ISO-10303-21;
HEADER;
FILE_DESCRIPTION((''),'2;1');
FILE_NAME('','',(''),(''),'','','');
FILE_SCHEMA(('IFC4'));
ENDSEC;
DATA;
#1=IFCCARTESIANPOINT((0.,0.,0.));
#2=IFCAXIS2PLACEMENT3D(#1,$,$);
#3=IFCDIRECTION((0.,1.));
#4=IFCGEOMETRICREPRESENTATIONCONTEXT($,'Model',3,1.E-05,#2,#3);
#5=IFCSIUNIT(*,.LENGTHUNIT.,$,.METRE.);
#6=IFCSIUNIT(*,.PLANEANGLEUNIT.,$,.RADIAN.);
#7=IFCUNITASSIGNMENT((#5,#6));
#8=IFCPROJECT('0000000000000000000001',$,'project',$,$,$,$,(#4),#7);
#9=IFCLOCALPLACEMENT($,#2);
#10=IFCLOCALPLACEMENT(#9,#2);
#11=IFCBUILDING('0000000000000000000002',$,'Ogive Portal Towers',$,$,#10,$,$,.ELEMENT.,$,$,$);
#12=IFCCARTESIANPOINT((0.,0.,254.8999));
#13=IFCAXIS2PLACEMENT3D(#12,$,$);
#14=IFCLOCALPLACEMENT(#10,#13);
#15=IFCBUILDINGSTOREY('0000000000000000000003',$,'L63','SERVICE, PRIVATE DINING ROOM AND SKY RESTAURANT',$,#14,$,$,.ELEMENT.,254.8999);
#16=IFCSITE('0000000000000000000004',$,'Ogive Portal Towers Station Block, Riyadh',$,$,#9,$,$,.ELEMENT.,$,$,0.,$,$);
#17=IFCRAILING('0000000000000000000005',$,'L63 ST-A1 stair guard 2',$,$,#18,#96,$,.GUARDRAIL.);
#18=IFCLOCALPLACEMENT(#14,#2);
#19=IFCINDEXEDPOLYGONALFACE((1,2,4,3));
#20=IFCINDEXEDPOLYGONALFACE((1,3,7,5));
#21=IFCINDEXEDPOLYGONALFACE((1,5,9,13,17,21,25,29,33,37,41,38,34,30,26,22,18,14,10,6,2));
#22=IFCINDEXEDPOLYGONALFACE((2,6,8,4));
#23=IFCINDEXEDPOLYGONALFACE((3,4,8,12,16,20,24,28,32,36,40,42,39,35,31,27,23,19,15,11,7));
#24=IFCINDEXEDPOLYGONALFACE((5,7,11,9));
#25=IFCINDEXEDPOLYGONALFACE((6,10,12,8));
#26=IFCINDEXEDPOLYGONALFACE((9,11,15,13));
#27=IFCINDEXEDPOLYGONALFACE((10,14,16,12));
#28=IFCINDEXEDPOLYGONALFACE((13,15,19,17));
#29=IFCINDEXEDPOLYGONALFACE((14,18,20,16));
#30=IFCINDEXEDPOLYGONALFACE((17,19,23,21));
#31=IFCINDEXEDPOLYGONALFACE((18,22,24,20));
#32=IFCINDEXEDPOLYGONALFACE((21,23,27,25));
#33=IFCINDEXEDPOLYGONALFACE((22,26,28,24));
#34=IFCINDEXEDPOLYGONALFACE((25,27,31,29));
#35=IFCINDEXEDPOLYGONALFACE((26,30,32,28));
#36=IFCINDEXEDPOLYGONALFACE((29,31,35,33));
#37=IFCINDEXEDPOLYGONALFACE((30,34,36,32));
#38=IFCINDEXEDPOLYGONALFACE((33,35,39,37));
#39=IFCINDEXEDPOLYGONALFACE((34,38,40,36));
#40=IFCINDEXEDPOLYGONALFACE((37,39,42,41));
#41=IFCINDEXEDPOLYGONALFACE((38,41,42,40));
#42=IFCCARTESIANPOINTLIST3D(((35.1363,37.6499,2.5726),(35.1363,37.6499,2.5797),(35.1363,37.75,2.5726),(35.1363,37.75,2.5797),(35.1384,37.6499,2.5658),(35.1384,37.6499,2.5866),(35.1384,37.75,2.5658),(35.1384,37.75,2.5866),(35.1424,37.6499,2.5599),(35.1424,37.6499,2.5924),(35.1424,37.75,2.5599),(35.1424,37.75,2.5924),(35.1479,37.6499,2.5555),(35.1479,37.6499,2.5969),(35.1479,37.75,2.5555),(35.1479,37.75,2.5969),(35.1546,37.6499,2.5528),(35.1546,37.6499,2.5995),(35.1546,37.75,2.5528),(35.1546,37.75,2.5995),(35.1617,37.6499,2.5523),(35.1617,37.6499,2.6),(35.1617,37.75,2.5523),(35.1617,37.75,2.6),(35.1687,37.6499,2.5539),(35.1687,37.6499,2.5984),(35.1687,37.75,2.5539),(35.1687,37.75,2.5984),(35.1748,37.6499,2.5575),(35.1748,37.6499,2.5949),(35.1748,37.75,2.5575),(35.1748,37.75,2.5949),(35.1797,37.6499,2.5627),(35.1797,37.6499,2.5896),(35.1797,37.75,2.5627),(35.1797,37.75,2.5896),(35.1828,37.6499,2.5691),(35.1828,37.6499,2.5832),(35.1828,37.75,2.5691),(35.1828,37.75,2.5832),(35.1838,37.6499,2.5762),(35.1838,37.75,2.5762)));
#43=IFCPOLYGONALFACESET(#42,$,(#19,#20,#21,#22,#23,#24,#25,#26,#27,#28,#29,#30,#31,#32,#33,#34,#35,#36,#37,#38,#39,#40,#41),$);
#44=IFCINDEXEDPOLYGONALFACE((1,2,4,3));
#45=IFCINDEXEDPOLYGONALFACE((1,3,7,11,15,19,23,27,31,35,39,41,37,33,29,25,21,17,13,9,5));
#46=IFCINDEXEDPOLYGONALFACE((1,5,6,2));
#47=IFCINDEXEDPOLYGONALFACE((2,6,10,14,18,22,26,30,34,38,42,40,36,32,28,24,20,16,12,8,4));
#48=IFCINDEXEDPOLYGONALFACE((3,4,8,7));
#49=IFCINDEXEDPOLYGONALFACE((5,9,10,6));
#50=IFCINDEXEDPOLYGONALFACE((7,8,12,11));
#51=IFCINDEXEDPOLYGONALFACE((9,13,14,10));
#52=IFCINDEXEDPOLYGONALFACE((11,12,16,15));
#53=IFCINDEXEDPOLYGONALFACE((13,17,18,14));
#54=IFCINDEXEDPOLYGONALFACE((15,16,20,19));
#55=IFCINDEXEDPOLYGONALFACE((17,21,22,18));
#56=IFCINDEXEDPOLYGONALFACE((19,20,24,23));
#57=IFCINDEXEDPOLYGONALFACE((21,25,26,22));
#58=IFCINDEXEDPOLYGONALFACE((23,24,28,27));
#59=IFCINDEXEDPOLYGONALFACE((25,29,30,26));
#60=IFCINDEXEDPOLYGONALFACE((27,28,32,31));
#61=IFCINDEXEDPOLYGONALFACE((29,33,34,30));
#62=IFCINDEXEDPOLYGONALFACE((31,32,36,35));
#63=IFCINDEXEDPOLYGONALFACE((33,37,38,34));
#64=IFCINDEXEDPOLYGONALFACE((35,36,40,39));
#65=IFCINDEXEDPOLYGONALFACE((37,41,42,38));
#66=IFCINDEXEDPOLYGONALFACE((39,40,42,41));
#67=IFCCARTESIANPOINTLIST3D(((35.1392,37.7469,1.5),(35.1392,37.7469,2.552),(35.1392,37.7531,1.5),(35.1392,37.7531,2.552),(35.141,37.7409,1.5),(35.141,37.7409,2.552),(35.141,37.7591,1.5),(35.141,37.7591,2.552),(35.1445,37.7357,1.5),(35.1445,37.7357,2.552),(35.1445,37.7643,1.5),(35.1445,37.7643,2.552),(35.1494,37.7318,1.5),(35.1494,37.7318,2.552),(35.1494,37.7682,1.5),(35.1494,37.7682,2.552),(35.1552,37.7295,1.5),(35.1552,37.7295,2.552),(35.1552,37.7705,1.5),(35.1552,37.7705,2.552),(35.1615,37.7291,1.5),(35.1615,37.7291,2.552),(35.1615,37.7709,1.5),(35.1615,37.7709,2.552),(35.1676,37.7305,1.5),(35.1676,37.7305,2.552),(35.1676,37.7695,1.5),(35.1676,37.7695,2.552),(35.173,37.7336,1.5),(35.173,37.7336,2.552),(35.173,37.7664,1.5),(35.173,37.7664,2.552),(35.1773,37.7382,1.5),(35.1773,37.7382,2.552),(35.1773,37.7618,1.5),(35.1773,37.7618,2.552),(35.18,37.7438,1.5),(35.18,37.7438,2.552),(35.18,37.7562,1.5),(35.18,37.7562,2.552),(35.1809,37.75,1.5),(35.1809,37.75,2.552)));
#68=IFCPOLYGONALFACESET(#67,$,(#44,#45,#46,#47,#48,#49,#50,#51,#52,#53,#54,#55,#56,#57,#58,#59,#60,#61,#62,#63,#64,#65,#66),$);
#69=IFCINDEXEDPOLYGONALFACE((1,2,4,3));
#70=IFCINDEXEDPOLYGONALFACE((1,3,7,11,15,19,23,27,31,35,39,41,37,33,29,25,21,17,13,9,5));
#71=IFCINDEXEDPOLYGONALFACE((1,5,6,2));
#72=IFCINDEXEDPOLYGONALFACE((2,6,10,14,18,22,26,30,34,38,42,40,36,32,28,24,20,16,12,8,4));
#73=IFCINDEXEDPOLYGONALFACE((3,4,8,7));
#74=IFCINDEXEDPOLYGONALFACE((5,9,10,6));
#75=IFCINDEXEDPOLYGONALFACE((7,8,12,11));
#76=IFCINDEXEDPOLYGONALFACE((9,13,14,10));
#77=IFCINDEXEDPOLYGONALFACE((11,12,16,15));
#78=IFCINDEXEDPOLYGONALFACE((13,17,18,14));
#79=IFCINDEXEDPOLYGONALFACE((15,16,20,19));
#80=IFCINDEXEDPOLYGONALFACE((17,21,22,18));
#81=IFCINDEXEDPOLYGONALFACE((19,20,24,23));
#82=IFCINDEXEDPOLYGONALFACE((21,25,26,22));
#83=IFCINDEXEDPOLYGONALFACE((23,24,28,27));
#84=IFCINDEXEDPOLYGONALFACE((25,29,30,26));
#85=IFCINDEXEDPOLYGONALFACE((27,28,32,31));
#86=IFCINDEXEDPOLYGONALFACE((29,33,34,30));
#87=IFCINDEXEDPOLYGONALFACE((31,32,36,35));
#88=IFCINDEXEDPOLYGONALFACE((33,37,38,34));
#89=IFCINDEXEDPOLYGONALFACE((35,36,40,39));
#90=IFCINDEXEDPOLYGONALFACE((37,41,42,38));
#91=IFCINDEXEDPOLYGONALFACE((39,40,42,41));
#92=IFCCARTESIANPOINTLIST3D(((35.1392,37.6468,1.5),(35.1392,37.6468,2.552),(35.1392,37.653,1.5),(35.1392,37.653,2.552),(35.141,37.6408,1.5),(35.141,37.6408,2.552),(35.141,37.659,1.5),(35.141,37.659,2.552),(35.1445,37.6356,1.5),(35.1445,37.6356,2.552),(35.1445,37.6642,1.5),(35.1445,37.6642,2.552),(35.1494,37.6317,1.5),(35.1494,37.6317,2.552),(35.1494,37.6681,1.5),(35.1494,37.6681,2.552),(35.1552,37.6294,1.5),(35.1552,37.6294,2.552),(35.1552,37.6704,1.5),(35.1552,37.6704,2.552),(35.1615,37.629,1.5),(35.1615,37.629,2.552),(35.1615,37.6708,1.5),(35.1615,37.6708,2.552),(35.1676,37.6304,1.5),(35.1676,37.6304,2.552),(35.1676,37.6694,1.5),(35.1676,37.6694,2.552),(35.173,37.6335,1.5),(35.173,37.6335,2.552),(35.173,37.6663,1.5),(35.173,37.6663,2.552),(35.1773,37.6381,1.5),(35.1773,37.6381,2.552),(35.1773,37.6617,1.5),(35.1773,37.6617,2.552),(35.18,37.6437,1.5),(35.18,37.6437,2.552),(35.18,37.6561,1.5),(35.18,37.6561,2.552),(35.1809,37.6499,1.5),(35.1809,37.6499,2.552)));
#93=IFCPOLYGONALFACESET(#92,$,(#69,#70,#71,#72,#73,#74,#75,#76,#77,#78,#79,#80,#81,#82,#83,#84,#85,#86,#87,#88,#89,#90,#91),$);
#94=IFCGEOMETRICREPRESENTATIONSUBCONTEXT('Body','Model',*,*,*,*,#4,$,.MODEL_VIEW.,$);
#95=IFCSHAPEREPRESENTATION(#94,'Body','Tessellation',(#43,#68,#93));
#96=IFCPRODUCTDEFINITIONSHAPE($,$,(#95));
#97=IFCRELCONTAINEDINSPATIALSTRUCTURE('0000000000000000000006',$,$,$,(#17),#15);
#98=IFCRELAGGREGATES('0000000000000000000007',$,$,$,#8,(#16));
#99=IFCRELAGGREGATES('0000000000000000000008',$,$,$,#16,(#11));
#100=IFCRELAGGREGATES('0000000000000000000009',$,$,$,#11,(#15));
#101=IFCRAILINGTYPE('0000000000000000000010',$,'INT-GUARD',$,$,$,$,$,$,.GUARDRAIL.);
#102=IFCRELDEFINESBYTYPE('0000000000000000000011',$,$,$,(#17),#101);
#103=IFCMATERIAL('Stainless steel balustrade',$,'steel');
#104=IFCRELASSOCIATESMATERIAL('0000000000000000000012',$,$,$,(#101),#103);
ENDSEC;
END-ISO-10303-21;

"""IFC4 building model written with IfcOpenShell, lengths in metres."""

from ifc_helpers import new_model, si_unit, direction, frame, origin, origin_2d, place, context, subcontext, project, spatial, circle, extrude, material, type_object, element, save


model = new_model("IFC4")

# Units and contexts
model_context = context("Model", 3, precision=1e-05, world=origin(), true_north=direction((0.0, 1.0)))
body_context = subcontext(model_context, "Body", "Model", "MODEL_VIEW")
ifc_project = project(units=[si_unit("LENGTHUNIT", "METRE"), si_unit("PLANEANGLEUNIT", "RADIAN")], contexts=[model_context])

# Site, building, storey
site_placement = place(None, origin())
site = spatial("IfcSite", under=ifc_project, at=site_placement, Name="Ogive Portal Towers Station Block, Riyadh", CompositionType="ELEMENT", RefElevation=0.0)
building_placement = place(site_placement, origin())
building = spatial("IfcBuilding", under=site, at=building_placement, Name="Ogive Portal Towers", CompositionType="ELEMENT")
storey_placement = place(building_placement, frame((0.0, 0.0, 254.8999)))
storey = spatial("IfcBuildingStorey", under=building, at=storey_placement, Name="L63", Description="SERVICE, PRIVATE DINING ROOM AND SKY RESTAURANT", CompositionType="ELEMENT", Elevation=254.8999)

# Railing
ifc_material_1 = material(Name="Stainless steel balustrade", Category="steel")
railing_type_1 = type_object("IfcRailingType", Name="INT-GUARD", PredefinedType="GUARDRAIL", material=ifc_material_1)
railing_1_placement = place(storey_placement, frame((35.1599, 37.75, 1.5)))
element("IfcRailing", 1, at=railing_1_placement, inside=storey, type_object=railing_type_1, Name="L63 ST-A1 stair guard 2", PredefinedType="GUARDRAIL", context=body_context, shape_type="SweptSolid", body=[
    extrude(circle(Radius=0.0239, at=origin_2d()), frame((0.0, 0.0, 1.0762), z_axis=(0.0, -1.0, 0.0), x_axis=(1.0, 0.0, 0.0)), (0.0, 0.0, 1.0), 0.1001),
    extrude(circle(Radius=0.021, at=origin_2d()), origin(), (0.0, 0.0, 1.0), 1.052),
    extrude(circle(Radius=0.021, at=origin_2d()), frame((0.0, -0.1001, 0.0)), (0.0, 0.0, 1.0), 1.052),
])

save(model, "model.ifc")
